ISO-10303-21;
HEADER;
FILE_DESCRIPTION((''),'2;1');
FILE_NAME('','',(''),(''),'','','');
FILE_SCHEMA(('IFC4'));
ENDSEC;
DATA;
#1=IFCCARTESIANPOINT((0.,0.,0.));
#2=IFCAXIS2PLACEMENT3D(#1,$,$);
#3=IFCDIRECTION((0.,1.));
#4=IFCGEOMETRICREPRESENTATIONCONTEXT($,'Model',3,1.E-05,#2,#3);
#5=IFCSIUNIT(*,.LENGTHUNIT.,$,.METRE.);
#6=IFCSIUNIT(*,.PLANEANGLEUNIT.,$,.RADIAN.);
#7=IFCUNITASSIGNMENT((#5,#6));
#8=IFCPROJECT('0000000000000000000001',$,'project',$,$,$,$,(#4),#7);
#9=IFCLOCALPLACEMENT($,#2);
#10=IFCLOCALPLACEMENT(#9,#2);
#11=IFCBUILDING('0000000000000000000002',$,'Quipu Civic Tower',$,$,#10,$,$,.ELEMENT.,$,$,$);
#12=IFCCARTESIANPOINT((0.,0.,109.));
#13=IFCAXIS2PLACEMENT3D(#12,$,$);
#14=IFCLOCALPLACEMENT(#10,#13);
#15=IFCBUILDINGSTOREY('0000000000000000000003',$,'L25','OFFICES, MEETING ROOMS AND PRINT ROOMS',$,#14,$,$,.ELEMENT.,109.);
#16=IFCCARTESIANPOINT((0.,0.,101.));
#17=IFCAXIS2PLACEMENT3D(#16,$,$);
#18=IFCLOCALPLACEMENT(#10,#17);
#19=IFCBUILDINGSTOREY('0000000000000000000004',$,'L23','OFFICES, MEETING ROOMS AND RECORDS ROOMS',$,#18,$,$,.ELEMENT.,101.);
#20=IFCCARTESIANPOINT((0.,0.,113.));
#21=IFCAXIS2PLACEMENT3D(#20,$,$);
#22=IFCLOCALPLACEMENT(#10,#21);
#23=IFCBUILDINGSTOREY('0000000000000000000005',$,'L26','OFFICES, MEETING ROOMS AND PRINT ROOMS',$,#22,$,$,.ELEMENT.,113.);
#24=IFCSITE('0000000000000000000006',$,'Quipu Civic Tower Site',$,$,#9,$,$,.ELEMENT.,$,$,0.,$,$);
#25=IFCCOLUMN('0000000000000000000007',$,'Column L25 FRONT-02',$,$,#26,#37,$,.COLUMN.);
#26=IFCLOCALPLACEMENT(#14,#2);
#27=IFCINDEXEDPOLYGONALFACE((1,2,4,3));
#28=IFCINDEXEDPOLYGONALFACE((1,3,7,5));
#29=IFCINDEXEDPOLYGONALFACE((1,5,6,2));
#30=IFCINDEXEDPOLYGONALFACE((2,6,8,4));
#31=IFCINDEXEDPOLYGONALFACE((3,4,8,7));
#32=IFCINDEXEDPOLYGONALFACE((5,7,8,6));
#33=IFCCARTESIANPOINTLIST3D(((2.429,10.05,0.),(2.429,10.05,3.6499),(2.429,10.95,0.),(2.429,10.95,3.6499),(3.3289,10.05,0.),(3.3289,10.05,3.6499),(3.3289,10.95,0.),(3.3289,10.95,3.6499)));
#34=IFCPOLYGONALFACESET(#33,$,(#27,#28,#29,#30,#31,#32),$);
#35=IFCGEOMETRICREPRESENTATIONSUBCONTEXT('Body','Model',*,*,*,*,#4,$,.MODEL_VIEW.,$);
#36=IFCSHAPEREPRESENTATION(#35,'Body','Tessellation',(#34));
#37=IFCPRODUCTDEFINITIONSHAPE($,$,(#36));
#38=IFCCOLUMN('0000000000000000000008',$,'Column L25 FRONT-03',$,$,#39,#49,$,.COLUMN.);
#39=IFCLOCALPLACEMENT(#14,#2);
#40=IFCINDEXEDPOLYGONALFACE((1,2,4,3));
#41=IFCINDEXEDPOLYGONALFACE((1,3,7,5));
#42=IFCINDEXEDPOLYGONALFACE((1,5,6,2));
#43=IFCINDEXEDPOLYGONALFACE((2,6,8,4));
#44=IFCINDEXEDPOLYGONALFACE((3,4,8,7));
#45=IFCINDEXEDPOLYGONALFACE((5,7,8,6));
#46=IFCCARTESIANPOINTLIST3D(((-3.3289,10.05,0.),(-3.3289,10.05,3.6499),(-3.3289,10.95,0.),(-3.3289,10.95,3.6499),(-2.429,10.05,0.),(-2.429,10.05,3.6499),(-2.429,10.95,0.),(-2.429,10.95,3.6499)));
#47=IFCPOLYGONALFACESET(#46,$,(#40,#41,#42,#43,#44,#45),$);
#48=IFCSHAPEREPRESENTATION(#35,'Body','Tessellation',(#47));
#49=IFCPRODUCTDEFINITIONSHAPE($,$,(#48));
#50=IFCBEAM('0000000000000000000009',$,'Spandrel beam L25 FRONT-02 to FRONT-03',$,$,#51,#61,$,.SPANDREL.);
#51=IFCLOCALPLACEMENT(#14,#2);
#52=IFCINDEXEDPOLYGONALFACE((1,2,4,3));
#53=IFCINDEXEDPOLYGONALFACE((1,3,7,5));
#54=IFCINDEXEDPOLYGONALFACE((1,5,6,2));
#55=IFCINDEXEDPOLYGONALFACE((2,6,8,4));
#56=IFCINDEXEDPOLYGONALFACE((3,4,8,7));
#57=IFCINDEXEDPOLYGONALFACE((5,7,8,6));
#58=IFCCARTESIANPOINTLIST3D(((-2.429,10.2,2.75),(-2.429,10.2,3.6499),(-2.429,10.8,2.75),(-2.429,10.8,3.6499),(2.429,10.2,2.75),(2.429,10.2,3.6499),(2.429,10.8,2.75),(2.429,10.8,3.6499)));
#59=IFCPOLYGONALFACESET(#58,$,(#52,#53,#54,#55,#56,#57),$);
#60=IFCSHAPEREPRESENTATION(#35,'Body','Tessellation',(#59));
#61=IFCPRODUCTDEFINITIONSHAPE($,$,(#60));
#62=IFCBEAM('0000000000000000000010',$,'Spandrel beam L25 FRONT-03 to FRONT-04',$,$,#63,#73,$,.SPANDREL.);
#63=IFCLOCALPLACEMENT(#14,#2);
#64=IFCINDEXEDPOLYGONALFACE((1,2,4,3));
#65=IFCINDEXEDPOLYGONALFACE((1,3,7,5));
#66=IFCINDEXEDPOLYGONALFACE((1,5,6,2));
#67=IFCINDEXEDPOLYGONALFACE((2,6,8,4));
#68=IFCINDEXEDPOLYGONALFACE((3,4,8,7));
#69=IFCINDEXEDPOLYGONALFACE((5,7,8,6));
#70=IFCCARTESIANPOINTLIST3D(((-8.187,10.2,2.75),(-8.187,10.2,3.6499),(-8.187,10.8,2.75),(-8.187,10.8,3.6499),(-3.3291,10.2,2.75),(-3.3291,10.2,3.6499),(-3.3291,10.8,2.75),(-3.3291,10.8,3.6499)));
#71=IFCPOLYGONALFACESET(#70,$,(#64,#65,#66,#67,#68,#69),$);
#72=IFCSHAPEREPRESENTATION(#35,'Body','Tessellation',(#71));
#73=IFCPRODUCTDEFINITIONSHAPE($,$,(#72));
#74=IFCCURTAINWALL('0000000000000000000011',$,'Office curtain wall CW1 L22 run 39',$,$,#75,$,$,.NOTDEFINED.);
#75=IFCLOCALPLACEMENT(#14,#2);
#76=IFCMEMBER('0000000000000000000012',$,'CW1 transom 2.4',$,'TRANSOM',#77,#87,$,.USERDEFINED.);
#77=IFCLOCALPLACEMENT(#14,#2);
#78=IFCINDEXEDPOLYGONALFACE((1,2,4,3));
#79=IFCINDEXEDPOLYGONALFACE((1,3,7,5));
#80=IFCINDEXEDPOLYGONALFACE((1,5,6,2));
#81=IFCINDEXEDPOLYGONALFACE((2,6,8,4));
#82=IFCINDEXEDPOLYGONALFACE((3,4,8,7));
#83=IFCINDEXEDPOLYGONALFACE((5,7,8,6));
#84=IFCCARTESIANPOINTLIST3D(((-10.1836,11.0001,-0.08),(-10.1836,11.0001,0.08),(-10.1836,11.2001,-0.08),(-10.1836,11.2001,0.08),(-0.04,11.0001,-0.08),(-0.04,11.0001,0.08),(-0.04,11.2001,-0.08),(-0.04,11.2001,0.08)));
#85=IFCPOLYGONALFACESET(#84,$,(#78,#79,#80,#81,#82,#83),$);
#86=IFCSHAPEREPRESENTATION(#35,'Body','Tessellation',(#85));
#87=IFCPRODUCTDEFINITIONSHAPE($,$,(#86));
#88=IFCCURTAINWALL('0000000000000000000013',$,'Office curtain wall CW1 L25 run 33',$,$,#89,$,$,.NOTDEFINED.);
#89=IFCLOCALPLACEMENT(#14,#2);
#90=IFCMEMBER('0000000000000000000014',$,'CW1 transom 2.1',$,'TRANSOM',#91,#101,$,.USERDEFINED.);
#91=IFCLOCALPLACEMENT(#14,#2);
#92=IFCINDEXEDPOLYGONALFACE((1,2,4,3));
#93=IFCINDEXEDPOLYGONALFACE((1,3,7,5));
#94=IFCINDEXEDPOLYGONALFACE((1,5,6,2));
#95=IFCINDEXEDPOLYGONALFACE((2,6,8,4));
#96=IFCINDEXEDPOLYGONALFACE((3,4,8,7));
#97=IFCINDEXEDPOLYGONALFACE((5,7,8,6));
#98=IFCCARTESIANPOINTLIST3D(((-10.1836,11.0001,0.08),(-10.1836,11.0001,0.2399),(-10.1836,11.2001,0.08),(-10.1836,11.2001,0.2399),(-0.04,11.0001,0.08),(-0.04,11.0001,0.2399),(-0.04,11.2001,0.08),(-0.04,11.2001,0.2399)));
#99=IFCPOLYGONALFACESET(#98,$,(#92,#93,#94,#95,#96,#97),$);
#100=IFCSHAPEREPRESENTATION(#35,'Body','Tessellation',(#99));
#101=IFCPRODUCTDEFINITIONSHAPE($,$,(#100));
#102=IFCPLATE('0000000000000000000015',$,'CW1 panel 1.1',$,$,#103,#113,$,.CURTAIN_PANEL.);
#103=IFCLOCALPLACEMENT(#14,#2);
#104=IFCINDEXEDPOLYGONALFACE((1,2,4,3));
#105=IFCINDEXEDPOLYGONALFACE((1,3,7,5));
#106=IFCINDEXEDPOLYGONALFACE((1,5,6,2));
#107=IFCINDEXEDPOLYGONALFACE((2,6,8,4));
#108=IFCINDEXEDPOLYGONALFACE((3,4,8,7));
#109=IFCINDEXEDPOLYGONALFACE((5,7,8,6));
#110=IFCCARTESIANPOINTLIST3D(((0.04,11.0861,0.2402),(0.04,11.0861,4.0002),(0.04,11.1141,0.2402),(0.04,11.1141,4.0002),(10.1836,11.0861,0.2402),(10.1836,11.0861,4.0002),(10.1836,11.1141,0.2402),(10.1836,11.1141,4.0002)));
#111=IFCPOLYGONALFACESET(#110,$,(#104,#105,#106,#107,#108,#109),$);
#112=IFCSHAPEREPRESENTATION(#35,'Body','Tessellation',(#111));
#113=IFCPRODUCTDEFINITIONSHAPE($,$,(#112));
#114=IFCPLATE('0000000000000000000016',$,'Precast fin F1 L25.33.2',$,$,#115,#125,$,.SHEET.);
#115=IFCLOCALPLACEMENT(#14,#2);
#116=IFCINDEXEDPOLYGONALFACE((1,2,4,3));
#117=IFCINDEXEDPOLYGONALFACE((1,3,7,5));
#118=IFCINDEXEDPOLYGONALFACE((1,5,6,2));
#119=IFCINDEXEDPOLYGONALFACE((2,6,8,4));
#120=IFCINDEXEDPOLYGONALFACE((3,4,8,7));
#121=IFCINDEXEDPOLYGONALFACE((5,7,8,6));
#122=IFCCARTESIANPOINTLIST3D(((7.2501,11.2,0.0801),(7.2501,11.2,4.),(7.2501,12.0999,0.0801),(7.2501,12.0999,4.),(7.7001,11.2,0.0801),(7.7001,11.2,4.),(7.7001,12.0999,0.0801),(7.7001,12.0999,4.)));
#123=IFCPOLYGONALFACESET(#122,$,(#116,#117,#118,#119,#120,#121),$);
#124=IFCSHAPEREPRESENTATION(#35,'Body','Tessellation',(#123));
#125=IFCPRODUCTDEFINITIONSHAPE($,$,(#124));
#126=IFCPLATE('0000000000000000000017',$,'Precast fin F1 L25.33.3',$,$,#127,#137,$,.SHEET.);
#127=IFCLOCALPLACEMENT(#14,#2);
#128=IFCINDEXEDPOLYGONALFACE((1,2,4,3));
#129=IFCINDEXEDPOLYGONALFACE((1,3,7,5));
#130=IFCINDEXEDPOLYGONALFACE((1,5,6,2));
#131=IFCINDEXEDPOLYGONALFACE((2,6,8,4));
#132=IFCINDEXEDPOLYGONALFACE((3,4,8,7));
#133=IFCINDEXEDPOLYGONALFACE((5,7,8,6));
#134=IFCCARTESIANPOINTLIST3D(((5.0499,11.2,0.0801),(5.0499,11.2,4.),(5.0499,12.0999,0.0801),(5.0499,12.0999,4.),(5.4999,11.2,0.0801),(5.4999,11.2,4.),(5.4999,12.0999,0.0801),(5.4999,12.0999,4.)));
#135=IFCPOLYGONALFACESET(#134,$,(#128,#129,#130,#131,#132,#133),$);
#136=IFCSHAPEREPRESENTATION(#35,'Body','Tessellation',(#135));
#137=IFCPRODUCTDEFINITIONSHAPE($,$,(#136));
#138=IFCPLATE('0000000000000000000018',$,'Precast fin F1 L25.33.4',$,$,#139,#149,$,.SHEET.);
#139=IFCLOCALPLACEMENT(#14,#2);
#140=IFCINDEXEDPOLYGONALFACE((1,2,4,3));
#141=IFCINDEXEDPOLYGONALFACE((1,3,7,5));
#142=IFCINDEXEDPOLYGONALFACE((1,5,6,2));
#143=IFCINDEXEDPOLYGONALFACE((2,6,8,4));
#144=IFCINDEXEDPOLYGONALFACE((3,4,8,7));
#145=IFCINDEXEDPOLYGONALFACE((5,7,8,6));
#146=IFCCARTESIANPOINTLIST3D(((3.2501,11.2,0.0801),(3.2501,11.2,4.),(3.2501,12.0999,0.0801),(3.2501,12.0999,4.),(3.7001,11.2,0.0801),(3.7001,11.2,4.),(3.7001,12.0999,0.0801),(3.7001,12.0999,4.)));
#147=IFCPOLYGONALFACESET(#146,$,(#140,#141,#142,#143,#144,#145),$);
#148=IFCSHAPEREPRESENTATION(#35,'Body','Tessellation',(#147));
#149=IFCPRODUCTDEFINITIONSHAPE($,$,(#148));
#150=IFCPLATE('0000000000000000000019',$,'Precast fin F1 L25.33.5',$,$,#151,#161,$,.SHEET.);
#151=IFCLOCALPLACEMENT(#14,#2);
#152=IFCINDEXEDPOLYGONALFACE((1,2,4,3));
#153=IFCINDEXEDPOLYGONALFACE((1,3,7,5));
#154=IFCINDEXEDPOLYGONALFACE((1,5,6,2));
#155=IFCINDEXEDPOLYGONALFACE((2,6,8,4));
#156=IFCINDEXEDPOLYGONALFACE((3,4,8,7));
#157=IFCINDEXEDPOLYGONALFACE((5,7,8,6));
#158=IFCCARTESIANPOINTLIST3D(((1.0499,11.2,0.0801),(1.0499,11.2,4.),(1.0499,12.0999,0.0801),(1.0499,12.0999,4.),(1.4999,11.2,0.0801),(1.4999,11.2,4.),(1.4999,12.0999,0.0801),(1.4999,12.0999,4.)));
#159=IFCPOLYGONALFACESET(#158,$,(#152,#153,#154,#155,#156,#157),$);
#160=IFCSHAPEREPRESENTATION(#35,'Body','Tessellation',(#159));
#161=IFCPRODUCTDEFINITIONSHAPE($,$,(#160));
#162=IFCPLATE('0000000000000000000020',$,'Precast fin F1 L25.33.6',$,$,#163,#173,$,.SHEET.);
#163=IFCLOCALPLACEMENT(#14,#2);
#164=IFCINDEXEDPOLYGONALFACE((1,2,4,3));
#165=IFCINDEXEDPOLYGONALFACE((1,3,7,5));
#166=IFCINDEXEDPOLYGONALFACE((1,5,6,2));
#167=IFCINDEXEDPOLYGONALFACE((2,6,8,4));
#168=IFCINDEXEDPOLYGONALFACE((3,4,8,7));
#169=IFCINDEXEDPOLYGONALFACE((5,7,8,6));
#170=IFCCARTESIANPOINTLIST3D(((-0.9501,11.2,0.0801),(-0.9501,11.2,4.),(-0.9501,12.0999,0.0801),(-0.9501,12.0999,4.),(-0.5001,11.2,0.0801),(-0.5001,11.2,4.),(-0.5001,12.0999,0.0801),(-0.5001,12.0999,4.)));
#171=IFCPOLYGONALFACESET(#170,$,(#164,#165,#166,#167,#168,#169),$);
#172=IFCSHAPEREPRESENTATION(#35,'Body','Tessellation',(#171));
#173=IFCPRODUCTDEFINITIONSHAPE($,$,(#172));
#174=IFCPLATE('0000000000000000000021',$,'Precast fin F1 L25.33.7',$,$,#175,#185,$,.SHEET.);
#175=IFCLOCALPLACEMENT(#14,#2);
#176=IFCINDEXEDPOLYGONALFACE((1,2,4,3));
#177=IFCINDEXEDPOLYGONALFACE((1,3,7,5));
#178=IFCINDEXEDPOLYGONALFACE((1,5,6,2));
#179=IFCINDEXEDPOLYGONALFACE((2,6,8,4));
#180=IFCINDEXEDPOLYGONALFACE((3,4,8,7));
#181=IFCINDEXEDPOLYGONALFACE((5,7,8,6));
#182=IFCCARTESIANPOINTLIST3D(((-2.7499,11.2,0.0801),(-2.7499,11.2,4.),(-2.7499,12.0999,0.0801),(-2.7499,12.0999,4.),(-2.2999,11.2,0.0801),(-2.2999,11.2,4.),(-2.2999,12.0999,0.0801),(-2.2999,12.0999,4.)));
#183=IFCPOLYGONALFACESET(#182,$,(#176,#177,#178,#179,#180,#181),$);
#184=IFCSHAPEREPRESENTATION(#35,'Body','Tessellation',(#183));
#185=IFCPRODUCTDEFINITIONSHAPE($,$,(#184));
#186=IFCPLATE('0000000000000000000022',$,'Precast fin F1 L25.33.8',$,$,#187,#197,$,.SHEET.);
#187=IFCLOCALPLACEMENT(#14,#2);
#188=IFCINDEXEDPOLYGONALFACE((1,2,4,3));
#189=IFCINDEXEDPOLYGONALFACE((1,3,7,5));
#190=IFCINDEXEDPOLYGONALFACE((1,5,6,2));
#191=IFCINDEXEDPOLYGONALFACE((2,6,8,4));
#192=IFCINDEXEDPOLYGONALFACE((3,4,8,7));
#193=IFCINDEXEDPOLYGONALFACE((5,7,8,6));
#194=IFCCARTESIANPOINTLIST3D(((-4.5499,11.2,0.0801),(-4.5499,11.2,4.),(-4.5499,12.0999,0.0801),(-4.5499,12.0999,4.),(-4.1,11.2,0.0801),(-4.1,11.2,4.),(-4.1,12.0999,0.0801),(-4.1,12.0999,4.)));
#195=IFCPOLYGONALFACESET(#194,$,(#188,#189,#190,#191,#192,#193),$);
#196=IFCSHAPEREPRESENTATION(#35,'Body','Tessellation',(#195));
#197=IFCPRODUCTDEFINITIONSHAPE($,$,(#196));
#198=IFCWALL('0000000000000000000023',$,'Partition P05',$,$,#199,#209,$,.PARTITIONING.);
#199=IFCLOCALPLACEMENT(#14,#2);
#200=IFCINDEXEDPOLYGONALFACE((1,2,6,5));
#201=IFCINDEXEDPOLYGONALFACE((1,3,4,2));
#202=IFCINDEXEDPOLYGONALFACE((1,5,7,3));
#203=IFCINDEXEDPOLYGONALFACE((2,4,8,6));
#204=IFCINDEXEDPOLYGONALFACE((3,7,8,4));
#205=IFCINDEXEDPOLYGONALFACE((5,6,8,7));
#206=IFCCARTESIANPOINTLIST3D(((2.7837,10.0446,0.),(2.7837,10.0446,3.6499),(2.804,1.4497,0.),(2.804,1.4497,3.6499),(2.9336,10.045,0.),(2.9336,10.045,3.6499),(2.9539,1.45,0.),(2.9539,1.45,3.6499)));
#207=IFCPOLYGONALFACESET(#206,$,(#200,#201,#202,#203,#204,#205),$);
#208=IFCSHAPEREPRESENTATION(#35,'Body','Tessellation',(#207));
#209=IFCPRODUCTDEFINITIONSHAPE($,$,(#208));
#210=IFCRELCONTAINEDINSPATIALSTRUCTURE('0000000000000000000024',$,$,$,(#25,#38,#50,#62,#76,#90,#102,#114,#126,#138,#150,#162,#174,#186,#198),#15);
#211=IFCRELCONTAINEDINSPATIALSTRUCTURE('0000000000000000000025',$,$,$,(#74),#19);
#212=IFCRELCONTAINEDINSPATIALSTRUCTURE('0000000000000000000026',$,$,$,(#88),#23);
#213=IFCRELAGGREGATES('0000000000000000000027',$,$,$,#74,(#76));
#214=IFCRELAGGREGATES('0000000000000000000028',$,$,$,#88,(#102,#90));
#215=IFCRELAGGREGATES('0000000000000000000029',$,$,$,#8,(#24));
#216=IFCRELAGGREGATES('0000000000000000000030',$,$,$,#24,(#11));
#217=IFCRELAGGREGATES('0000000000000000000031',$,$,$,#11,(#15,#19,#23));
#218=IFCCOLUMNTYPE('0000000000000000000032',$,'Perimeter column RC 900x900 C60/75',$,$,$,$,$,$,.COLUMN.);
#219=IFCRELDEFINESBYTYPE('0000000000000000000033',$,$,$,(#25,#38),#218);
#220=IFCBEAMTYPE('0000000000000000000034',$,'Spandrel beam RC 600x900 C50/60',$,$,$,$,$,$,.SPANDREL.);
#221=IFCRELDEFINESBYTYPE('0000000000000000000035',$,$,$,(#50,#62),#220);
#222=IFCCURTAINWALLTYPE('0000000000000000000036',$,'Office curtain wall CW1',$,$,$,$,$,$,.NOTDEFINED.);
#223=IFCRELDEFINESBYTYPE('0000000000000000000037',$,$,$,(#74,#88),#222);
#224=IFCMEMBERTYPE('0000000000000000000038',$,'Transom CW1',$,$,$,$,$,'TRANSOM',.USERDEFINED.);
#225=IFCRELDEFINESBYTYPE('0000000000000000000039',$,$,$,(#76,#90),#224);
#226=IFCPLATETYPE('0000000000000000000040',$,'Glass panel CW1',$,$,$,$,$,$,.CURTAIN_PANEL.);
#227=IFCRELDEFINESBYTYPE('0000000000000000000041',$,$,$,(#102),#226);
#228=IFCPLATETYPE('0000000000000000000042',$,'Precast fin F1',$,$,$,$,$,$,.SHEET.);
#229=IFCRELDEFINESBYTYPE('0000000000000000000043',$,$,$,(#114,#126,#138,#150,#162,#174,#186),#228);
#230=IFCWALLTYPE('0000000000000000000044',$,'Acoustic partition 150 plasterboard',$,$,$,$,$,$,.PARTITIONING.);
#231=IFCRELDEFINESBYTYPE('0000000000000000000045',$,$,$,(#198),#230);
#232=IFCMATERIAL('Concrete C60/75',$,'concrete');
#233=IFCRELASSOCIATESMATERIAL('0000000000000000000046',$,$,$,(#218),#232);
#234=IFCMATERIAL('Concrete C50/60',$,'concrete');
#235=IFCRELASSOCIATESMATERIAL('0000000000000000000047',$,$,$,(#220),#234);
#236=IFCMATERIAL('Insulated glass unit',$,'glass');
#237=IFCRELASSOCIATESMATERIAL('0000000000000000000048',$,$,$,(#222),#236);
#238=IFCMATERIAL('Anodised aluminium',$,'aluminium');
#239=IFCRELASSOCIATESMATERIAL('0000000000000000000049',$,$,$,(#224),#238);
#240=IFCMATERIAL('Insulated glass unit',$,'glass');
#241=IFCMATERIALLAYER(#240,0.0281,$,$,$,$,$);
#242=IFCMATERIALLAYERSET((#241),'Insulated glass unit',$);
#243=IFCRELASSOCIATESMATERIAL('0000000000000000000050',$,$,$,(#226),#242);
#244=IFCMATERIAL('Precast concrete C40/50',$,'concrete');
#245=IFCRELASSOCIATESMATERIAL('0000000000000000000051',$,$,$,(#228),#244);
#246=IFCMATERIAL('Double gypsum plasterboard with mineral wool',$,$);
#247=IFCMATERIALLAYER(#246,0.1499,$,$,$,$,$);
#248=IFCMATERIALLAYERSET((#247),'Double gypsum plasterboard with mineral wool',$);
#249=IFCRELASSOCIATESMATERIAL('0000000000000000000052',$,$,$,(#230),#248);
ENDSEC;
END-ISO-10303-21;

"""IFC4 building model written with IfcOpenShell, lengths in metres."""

from ifc_helpers import new_model, si_unit, direction, frame, frame_2d, origin, origin_2d, place, context, subcontext, project, spatial, rectangle, extrude, material, layer, layer_set, material_profile, profile_set, type_object, element, aggregate, save


model = new_model("IFC4")

# Units and contexts
model_context = context("Model", 3, precision=1e-05, world=origin(), true_north=direction((0.0, 1.0)))
body_context = subcontext(model_context, "Body", "Model", "MODEL_VIEW")
ifc_project = project(units=[si_unit("LENGTHUNIT", "METRE"), si_unit("PLANEANGLEUNIT", "RADIAN")], contexts=[model_context])

# Site, building, storey
site_placement = place(None, origin())
site = spatial("IfcSite", under=ifc_project, at=site_placement, Name="Quipu Civic Tower Site", CompositionType="ELEMENT", RefElevation=0.0)
building_placement = place(site_placement, origin())
building = spatial("IfcBuilding", under=site, at=building_placement, Name="Quipu Civic Tower", CompositionType="ELEMENT")
storey_1_placement = place(building_placement, frame((0.0, 0.0, 109.0)))
storey_1 = spatial("IfcBuildingStorey", under=building, at=storey_1_placement, Name="L25", Description="OFFICES, MEETING ROOMS AND PRINT ROOMS", CompositionType="ELEMENT", Elevation=109.0)

# Columns
ifc_material_1 = material(Name="Concrete C60/75", Category="concrete")
ifc_material_profile_1 = material_profile(ifc_material_1, rectangle(XDim=0.8999, YDim=0.8999, at=origin_2d()), Name="RC900x900")
ifc_profile_set_1 = profile_set([ifc_material_profile_1], Name="Concrete C60/75")
column_type = type_object("IfcColumnType", Name="Perimeter column RC 900x900 C60/75", PredefinedType="COLUMN", material=ifc_profile_set_1)
for number, where, z_axis, x_axis, name in (
    (1, (2.8789, 10.5, 0.0), (0.0, 0.0, 1.0), (-1.0, 0.0, 0.0), "Column L25 FRONT-02"),
    (2, (-2.8789, 10.5, 0.0), (0.0, 0.0, 1.0), (-1.0, 0.0, 0.0), "Column L25 FRONT-03"),
):
    element("IfcColumn", number, at=place(storey_1_placement, frame(where, z_axis=z_axis, x_axis=x_axis)), inside=storey_1, type_object=column_type, Name=name, PredefinedType="COLUMN", context=body_context, shape_type="SweptSolid", body=[
        extrude(rectangle(XDim=0.8999, YDim=0.8999, at=origin_2d()), origin(), (0.0, 0.0, 1.0), 3.6499),
    ])

# Beams
ifc_material_2 = material(Name="Concrete C50/60", Category="concrete")
ifc_material_profile_2 = material_profile(ifc_material_2, rectangle(XDim=0.6001, YDim=0.8999, at=origin_2d()), Name="RC600x900")
ifc_profile_set_2 = profile_set([ifc_material_profile_2], Name="Concrete C50/60")
beam_type = type_object("IfcBeamType", Name="Spandrel beam RC 600x900 C50/60", PredefinedType="SPANDREL", material=ifc_profile_set_2)
for number, where, z_axis, x_axis, name in (
    (3, (2.429, 10.5, 3.2), (-1.0, 0.0, 0.0), (0.0, -1.0, 0.0), "Spandrel beam L25 FRONT-02 to FRONT-03"),
    (4, (-3.3291, 10.5, 3.2), (-1.0, 0.0, 0.0), (0.0, -1.0, 0.0), "Spandrel beam L25 FRONT-03 to FRONT-04"),
):
    element("IfcBeam", number, at=place(storey_1_placement, frame(where, z_axis=z_axis, x_axis=x_axis)), inside=storey_1, type_object=beam_type, Name=name, PredefinedType="SPANDREL", context=body_context, shape_type="SweptSolid", body=[
        extrude(rectangle(XDim=0.6001, YDim=0.8999, at=origin_2d()), origin(), (0.0, 0.0, 1.0), 4.8579),
    ])

# Shared definitions
storey_2_placement = place(building_placement, frame((0.0, 0.0, 101.0)))
storey_2 = spatial("IfcBuildingStorey", under=building, at=storey_2_placement, Name="L23", Description="OFFICES, MEETING ROOMS AND RECORDS ROOMS", CompositionType="ELEMENT", Elevation=101.0)

# Curtain wall, member
ifc_material_3 = material(Name="Insulated glass unit", Category="glass")
curtain_wall_type = type_object("IfcCurtainWallType", Name="Office curtain wall CW1", PredefinedType="NOTDEFINED", material=ifc_material_3)
curtain_wall_1_placement = place(storey_2_placement, origin())
curtain_wall_1 = element("IfcCurtainWall", 5, at=curtain_wall_1_placement, inside=storey_2, type_object=curtain_wall_type, Name="Office curtain wall CW1 L22 run 39", PredefinedType="NOTDEFINED")
ifc_material_4 = material(Name="Anodised aluminium", Category="aluminium")
ifc_material_profile_3 = material_profile(ifc_material_4, rectangle(XDim=0.2, YDim=0.1599, at=origin_2d()), Name="RECT 200x160")
ifc_profile_set_3 = profile_set([ifc_material_profile_3], Name="Anodised aluminium")
member_type = type_object("IfcMemberType", Name="Transom CW1", ElementType="TRANSOM", PredefinedType="USERDEFINED", material=ifc_profile_set_3)
member_1_placement = place(storey_1_placement, frame((-0.04, 11.1001, 0.0), z_axis=(-1.0, 0.0, 0.0), x_axis=(0.0, -1.0, 0.0)))
member_1 = element("IfcMember", 6, at=member_1_placement, inside=storey_1, type_object=member_type, Name="CW1 transom 2.4", ObjectType="TRANSOM", PredefinedType="USERDEFINED", context=body_context, shape_type="SweptSolid", body=[
    extrude(rectangle(XDim=0.2, YDim=0.1599, at=origin_2d()), origin(), (0.0, 0.0, 1.0), 10.1436),
])
aggregate(curtain_wall_1, [member_1])

# Shared definitions
storey_3_placement = place(building_placement, frame((0.0, 0.0, 113.0)))
storey_3 = spatial("IfcBuildingStorey", under=building, at=storey_3_placement, Name="L26", Description="OFFICES, MEETING ROOMS AND PRINT ROOMS", CompositionType="ELEMENT", Elevation=113.0)

# Curtain wall, member, plate
curtain_wall_2_placement = place(storey_3_placement, origin())
curtain_wall_2 = element("IfcCurtainWall", 7, at=curtain_wall_2_placement, inside=storey_3, type_object=curtain_wall_type, Name="Office curtain wall CW1 L25 run 33", PredefinedType="NOTDEFINED")
member_2_placement = place(storey_1_placement, frame((-0.04, 11.1001, 0.1599), z_axis=(-1.0, 0.0, 0.0), x_axis=(0.0, -1.0, 0.0)))
member_2 = element("IfcMember", 8, at=member_2_placement, inside=storey_1, type_object=member_type, Name="CW1 transom 2.1", ObjectType="TRANSOM", PredefinedType="USERDEFINED", context=body_context, shape_type="SweptSolid", body=[
    extrude(rectangle(XDim=0.2, YDim=0.1599, at=origin_2d()), origin(), (0.0, 0.0, 1.0), 10.1436),
])
ifc_material_5 = material(Name="Insulated glass unit", Category="glass")
ifc_layer_1 = layer(ifc_material_5, 0.0281)
ifc_layer_set_1 = layer_set([ifc_layer_1], Name="Insulated glass unit")
plate_type_1 = type_object("IfcPlateType", Name="Glass panel CW1", PredefinedType="CURTAIN_PANEL", material=ifc_layer_set_1)
plate_placement = place(storey_1_placement, frame((5.1118, 11.1001, 0.2402), z_axis=(0.0, 0.0, 1.0), x_axis=(-1.0, 0.0, 0.0)))
plate = element("IfcPlate", 9, at=plate_placement, inside=storey_1, type_object=plate_type_1, Name="CW1 panel 1.1", PredefinedType="CURTAIN_PANEL", context=body_context, shape_type="SweptSolid", body=[
    extrude(rectangle(XDim=10.1436, YDim=0.0281, at=origin_2d()), origin(), (0.0, 0.0, 1.0), 3.76),
])
aggregate(curtain_wall_2, [plate, member_2])

# Plates
ifc_material_6 = material(Name="Precast concrete C40/50", Category="concrete")
plate_type_2 = type_object("IfcPlateType", Name="Precast fin F1", PredefinedType="SHEET", material=ifc_material_6)
for number, where, z_axis, x_axis, name in (
    (10, (7.4751, 11.6499, 0.0801), (0.0, 0.0, 1.0), (-1.0, 0.0, 0.0), "Precast fin F1 L25.33.2"),
    (11, (5.2749, 11.6499, 0.0801), (0.0, 0.0, 1.0), (-1.0, 0.0, 0.0), "Precast fin F1 L25.33.3"),
    (12, (3.4751, 11.6499, 0.0801), (0.0, 0.0, 1.0), (-1.0, 0.0, 0.0), "Precast fin F1 L25.33.4"),
    (13, (1.2749, 11.6499, 0.0801), (0.0, 0.0, 1.0), (-1.0, 0.0, 0.0), "Precast fin F1 L25.33.5"),
    (14, (-0.7251, 11.6499, 0.0801), (0.0, 0.0, 1.0), (-1.0, 0.0, 0.0), "Precast fin F1 L25.33.6"),
    (15, (-2.5249, 11.6499, 0.0801), (0.0, 0.0, 1.0), (-1.0, 0.0, 0.0), "Precast fin F1 L25.33.7"),
    (16, (-4.325, 11.6499, 0.0801), (0.0, 0.0, 1.0), (-1.0, 0.0, 0.0), "Precast fin F1 L25.33.8"),
):
    element("IfcPlate", number, at=place(storey_1_placement, frame(where, z_axis=z_axis, x_axis=x_axis)), inside=storey_1, type_object=plate_type_2, Name=name, PredefinedType="SHEET", context=body_context, shape_type="SweptSolid", body=[
        extrude(rectangle(XDim=0.45, YDim=0.8999, at=origin_2d()), origin(), (0.0, 0.0, 1.0), 3.9199),
    ])

# Wall
ifc_material_7 = material(Name="Double gypsum plasterboard with mineral wool")
ifc_layer_2 = layer(ifc_material_7, 0.1499)
ifc_layer_set_2 = layer_set([ifc_layer_2], Name="Double gypsum plasterboard with mineral wool")
wall_type_1 = type_object("IfcWallType", Name="Acoustic partition 150 plasterboard", PredefinedType="PARTITIONING", material=ifc_layer_set_2)
wall_1_placement = place(storey_1_placement, frame((2.8789, 1.45, 0.0), z_axis=(0.0, 0.0, 1.0), x_axis=(-0.002358, 0.999997, 0.0)))
element("IfcWall", 17, at=wall_1_placement, inside=storey_1, type_object=wall_type_1, Name="Partition P05", PredefinedType="PARTITIONING", context=body_context, shape_type="SweptSolid", body=[
    extrude(rectangle(XDim=8.595, YDim=0.1499, at=frame_2d((4.2974, 0.0))), origin(), (0.0, 0.0, 1.0), 3.6499),
])

save(model, "model.ifc")
